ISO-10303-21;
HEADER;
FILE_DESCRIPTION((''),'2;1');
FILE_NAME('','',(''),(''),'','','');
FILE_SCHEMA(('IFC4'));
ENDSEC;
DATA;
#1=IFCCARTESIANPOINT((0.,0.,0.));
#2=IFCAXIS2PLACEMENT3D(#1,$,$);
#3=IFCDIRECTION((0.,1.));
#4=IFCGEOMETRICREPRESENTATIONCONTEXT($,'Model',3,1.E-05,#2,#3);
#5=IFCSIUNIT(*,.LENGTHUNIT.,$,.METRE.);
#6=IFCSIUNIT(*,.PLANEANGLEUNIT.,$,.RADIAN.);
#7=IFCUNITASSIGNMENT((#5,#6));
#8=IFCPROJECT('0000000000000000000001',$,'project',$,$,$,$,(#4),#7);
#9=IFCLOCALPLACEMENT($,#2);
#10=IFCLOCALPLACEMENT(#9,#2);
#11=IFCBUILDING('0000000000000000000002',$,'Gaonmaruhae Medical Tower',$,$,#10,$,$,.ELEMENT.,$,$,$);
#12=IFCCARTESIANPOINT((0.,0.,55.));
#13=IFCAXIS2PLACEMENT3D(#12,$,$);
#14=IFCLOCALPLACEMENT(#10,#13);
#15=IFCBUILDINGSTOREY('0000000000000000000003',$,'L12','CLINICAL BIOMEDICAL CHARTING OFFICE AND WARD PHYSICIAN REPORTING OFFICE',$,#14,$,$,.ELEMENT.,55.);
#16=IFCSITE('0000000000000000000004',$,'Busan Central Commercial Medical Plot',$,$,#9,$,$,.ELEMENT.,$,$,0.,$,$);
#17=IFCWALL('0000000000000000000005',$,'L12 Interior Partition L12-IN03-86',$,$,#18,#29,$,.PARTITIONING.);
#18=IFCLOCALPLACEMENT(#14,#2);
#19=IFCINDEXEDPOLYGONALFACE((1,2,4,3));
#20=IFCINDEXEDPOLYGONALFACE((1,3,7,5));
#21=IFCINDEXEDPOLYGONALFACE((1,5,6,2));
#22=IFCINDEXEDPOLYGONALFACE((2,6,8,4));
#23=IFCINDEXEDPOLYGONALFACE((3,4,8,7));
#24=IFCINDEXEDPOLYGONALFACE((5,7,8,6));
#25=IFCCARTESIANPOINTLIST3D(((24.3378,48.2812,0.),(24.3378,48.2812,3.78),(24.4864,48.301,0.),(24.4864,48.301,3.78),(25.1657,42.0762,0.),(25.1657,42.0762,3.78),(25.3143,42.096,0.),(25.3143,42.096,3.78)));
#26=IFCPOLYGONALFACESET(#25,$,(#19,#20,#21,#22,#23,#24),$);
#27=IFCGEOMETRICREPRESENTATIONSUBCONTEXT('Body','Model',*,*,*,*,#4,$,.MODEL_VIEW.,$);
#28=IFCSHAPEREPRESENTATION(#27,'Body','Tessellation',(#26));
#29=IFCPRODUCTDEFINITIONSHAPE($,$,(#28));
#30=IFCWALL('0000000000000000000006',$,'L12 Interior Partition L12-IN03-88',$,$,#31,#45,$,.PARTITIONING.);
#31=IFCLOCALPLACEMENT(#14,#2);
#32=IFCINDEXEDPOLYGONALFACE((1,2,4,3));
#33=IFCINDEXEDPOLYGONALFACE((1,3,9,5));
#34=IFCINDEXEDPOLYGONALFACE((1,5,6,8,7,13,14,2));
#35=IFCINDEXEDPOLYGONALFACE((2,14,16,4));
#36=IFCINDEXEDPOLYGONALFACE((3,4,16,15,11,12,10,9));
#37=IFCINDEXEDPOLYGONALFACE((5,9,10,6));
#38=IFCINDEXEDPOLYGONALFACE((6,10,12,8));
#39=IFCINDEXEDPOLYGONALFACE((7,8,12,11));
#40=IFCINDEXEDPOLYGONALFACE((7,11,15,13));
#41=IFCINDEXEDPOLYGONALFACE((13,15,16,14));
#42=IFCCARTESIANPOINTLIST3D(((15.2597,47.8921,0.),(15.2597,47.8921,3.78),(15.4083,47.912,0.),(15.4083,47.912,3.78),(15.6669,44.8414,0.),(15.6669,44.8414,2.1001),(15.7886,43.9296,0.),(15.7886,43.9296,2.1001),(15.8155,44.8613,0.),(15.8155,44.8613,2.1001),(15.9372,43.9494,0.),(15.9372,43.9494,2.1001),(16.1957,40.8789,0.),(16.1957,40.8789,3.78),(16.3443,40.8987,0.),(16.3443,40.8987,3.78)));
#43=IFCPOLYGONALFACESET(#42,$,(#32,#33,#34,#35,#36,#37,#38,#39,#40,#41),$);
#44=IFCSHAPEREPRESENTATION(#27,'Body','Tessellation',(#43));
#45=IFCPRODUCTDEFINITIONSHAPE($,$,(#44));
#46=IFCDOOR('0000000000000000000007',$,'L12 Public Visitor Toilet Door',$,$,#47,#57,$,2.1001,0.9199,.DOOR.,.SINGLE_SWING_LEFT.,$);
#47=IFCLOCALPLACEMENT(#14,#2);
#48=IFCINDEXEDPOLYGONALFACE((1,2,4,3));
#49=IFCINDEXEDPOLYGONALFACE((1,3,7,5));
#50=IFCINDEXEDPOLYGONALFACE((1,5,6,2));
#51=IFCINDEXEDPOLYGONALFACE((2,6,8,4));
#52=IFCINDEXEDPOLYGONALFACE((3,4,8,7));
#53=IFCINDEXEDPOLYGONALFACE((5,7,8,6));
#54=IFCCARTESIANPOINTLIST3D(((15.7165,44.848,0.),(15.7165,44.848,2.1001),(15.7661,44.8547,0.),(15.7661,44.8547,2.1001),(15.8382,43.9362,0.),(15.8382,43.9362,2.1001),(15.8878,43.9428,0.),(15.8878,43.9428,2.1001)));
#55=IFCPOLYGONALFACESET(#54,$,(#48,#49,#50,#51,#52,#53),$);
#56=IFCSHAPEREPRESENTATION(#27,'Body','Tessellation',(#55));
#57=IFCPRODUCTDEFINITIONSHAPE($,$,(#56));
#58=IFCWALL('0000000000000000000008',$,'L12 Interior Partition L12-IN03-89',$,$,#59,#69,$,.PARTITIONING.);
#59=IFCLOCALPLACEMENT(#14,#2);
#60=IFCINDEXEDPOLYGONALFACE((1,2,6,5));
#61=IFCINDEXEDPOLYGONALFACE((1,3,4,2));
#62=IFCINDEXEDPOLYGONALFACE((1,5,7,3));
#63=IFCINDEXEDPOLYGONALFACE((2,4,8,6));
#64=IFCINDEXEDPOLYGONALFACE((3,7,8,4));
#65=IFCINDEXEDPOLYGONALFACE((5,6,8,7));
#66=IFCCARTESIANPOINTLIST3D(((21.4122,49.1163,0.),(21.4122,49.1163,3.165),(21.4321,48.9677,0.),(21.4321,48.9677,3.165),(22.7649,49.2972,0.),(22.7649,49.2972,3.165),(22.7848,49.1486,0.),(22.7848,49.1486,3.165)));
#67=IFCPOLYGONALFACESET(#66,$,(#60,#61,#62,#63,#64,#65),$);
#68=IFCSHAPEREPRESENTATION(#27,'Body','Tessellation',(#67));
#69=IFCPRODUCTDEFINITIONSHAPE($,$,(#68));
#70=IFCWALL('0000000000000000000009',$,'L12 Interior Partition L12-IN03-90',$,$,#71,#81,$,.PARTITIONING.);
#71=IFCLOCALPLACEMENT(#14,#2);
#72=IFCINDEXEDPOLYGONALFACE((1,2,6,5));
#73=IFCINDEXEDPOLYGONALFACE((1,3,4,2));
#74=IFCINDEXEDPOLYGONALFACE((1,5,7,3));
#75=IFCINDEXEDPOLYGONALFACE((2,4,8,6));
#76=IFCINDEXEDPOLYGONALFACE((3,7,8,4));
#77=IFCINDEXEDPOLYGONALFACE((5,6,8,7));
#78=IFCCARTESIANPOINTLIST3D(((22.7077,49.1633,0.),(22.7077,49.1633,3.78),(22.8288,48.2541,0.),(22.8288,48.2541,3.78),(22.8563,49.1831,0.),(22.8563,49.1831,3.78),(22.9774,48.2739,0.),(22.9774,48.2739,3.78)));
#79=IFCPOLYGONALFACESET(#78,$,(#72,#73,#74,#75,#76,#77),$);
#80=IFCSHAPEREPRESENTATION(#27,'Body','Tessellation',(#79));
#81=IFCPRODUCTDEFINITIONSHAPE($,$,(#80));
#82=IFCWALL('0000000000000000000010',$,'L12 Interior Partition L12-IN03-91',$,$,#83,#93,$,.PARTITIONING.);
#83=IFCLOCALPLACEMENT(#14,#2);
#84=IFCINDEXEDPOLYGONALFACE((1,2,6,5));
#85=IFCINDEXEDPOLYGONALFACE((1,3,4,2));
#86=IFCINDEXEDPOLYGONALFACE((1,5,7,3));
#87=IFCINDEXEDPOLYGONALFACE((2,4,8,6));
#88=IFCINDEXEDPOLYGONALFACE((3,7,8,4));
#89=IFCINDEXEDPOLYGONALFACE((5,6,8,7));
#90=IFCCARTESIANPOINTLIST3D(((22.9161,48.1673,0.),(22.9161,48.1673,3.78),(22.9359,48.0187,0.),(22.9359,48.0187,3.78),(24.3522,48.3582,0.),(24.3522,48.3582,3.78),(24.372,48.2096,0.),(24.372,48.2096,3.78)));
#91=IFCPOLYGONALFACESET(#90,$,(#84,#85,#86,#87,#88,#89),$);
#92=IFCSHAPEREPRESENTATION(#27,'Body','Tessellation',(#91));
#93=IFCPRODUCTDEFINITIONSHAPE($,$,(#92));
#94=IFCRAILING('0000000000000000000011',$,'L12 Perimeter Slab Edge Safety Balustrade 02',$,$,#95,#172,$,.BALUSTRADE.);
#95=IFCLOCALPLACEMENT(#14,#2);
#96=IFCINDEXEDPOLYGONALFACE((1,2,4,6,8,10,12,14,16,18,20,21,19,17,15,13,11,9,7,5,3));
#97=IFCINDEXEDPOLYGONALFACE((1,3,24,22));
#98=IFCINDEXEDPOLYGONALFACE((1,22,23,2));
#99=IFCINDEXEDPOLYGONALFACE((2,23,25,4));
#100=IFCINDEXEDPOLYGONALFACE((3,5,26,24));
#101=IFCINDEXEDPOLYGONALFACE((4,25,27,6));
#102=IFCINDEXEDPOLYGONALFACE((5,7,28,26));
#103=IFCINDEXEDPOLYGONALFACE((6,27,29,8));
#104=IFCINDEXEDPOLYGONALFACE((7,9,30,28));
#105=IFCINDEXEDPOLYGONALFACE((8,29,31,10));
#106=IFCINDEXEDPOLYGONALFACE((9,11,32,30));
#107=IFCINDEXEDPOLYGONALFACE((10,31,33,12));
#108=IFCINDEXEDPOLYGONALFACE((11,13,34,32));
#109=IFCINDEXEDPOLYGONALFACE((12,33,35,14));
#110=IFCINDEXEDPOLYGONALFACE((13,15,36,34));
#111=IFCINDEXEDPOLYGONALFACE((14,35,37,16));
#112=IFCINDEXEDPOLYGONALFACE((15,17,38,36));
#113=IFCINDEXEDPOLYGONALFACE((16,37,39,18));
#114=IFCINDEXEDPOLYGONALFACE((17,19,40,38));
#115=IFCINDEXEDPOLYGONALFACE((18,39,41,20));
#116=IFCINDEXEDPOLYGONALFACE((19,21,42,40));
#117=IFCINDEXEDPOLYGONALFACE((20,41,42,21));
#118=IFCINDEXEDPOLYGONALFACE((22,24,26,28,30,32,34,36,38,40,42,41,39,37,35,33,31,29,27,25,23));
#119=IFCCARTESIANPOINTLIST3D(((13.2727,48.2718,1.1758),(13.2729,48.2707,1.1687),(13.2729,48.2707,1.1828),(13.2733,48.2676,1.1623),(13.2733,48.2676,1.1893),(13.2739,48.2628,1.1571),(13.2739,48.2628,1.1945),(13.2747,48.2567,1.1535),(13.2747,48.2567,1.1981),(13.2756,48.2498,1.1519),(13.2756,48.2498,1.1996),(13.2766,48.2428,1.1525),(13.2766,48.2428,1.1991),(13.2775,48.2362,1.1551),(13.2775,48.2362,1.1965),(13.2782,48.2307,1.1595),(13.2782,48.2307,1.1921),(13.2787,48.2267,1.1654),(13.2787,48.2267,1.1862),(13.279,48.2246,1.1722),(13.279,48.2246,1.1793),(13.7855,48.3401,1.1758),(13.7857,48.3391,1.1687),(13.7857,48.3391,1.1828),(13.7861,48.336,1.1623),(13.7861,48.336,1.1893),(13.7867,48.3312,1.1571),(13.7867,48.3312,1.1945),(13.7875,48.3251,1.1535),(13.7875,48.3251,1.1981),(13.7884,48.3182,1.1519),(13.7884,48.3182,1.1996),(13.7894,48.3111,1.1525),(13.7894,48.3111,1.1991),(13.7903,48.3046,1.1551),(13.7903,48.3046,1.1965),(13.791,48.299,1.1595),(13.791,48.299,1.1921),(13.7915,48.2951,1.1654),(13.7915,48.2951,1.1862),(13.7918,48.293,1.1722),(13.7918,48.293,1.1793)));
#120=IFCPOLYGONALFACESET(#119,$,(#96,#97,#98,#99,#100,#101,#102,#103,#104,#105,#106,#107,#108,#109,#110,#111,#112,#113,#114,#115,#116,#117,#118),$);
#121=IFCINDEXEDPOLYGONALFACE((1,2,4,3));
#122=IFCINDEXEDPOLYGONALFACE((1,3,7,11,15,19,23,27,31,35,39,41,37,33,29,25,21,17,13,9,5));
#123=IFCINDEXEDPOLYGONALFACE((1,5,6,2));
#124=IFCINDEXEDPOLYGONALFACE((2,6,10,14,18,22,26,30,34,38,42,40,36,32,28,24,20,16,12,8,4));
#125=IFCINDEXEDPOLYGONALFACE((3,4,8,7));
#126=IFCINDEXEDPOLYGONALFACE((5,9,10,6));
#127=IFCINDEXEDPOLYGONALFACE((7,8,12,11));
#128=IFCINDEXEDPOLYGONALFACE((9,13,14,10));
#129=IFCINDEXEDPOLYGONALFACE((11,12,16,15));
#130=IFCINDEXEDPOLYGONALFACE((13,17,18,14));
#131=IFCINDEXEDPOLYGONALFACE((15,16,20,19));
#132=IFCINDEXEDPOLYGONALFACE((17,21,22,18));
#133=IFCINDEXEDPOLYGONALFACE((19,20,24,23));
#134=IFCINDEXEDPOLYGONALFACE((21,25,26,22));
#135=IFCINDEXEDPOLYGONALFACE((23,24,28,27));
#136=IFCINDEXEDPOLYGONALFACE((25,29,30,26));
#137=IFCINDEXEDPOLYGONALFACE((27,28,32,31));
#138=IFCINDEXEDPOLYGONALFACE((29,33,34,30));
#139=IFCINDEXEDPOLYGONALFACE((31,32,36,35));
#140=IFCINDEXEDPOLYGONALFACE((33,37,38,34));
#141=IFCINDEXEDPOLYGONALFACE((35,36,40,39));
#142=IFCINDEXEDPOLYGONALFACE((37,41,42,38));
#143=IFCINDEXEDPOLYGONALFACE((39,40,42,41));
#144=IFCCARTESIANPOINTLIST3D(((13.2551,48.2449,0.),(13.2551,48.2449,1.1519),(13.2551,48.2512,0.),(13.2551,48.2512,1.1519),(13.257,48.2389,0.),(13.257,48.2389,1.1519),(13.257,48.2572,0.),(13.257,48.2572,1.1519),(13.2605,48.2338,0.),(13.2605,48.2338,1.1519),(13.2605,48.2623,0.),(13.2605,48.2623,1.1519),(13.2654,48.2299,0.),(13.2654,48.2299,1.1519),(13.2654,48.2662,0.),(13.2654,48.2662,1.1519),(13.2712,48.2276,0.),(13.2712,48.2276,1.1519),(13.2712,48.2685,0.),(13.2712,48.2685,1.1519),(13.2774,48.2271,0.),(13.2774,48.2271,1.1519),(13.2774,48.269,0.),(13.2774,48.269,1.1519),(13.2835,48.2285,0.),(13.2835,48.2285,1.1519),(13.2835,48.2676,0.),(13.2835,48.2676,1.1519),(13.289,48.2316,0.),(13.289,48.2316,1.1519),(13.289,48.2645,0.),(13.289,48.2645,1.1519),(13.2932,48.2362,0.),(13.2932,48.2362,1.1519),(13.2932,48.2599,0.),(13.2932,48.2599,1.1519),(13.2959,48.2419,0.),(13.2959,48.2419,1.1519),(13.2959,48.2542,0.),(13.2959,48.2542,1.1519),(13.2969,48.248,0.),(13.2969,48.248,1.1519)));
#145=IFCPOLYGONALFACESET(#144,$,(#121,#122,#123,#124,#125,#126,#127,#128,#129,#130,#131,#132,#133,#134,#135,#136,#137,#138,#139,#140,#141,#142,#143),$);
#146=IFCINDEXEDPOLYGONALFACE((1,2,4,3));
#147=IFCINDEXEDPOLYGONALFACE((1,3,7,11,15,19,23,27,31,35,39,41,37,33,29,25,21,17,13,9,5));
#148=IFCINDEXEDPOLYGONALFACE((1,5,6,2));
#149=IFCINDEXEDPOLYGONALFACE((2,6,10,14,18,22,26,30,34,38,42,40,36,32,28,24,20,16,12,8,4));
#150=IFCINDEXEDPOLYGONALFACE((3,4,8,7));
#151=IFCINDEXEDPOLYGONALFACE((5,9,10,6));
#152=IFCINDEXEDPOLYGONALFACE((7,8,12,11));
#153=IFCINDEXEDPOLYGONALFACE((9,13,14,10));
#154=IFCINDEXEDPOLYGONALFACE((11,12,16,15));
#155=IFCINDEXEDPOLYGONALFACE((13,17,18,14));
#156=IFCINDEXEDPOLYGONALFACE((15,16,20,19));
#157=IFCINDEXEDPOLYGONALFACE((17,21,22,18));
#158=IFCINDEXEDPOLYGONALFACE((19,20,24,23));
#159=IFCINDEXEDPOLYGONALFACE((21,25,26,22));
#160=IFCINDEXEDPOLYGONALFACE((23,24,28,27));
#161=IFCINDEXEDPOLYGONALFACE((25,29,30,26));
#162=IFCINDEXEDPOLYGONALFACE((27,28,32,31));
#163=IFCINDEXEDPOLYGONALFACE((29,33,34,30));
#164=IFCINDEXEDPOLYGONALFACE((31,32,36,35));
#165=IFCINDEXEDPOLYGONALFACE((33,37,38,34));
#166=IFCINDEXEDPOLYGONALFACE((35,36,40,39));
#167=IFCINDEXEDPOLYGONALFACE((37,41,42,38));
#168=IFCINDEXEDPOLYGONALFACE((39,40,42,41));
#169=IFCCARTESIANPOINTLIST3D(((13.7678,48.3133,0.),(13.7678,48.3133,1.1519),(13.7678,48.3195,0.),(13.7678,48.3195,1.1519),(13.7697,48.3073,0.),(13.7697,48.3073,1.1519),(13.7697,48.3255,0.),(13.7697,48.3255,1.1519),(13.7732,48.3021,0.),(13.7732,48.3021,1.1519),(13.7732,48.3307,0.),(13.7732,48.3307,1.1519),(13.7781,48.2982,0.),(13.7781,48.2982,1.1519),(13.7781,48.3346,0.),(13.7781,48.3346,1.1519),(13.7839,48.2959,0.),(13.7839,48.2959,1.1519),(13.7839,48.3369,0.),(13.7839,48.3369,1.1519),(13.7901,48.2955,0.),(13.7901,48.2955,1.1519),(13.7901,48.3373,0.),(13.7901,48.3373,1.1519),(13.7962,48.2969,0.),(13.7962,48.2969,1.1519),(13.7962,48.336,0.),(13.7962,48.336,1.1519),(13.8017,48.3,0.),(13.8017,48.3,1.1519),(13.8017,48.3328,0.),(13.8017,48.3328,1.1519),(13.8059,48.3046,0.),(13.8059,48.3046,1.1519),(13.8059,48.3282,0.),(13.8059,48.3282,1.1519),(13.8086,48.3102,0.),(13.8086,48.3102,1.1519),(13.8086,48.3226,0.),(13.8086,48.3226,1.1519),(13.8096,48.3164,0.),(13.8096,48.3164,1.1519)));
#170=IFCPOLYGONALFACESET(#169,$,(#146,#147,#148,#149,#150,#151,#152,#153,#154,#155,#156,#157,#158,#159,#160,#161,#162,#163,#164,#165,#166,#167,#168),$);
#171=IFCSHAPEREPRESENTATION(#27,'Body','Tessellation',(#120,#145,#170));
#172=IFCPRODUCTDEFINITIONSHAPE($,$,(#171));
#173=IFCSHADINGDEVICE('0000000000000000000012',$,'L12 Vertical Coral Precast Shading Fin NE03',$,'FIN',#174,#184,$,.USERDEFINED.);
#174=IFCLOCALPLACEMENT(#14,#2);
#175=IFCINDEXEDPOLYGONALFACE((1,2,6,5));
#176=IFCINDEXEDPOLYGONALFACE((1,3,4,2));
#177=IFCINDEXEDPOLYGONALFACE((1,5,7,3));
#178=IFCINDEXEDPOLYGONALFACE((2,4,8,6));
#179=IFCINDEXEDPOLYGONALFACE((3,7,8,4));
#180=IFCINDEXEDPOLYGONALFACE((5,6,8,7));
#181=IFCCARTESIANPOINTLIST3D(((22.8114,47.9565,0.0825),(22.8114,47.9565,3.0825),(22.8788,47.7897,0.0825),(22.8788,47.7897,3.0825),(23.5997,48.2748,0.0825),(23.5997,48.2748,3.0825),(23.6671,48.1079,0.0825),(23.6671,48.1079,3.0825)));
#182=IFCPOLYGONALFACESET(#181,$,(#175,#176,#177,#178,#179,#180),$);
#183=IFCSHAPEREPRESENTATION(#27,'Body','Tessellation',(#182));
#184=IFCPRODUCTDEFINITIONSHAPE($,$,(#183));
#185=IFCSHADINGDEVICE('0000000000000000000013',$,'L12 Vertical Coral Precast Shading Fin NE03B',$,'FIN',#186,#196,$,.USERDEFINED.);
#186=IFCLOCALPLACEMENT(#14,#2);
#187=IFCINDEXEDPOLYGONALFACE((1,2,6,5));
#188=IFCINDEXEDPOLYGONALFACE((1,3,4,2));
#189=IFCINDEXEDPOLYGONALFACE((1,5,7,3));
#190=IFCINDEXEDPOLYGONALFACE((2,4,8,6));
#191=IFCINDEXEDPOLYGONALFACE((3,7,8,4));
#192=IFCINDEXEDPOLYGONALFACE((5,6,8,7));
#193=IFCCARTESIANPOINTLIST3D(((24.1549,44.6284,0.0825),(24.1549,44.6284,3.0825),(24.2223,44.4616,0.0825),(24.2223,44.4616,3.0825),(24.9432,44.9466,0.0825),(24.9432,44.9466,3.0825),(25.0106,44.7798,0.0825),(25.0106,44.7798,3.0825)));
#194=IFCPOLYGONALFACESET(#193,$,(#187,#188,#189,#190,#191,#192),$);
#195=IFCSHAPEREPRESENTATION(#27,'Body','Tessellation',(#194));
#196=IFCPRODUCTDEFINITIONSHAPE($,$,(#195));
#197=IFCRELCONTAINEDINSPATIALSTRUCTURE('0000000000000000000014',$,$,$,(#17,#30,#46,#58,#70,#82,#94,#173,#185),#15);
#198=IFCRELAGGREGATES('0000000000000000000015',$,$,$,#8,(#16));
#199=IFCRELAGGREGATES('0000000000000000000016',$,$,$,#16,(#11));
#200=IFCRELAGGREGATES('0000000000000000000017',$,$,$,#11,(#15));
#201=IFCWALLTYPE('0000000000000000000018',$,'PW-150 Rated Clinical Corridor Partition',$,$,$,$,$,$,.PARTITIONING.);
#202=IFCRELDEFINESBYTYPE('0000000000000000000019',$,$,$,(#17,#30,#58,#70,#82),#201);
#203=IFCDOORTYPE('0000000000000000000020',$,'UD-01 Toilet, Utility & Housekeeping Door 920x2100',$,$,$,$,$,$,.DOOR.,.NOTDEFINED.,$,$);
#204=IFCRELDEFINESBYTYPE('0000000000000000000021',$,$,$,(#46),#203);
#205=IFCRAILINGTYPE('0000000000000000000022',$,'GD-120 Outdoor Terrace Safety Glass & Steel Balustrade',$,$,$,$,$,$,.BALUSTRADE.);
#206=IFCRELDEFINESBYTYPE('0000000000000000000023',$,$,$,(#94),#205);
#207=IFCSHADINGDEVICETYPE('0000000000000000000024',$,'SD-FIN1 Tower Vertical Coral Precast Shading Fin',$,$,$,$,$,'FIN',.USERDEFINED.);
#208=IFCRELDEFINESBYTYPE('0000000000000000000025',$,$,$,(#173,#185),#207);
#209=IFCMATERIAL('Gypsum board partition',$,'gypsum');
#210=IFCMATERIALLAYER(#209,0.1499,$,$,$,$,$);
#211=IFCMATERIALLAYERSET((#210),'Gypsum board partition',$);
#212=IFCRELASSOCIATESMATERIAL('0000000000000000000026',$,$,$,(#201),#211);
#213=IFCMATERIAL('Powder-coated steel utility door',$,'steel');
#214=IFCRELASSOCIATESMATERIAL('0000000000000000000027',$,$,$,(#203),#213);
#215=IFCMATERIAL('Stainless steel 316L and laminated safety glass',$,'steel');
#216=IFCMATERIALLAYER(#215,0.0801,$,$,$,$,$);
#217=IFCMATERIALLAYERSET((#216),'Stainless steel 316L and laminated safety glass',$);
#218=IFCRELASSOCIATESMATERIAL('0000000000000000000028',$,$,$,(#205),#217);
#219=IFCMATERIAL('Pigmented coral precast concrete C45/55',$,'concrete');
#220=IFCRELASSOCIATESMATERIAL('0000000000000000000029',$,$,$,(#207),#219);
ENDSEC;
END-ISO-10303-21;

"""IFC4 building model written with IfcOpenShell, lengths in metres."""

from ifc_helpers import new_model, si_unit, direction, frame, frame_2d, origin, origin_2d, place, context, subcontext, project, spatial, rectangle, circle, extrude, material, layer, layer_set, type_object, element, fill, save


model = new_model("IFC4")

# Units and contexts
model_context = context("Model", 3, precision=1e-05, world=origin(), true_north=direction((0.0, 1.0)))
body_context = subcontext(model_context, "Body", "Model", "MODEL_VIEW")
ifc_project = project(units=[si_unit("LENGTHUNIT", "METRE"), si_unit("PLANEANGLEUNIT", "RADIAN")], contexts=[model_context])

# Site, building, storey
site_placement = place(None, origin())
site = spatial("IfcSite", under=ifc_project, at=site_placement, Name="Busan Central Commercial Medical Plot", CompositionType="ELEMENT", RefElevation=0.0)
building_placement = place(site_placement, origin())
building = spatial("IfcBuilding", under=site, at=building_placement, Name="Gaonmaruhae Medical Tower", CompositionType="ELEMENT")
storey_placement = place(building_placement, frame((0.0, 0.0, 55.0)))
storey = spatial("IfcBuildingStorey", under=building, at=storey_placement, Name="L12", Description="CLINICAL BIOMEDICAL CHARTING OFFICE AND WARD PHYSICIAN REPORTING OFFICE", CompositionType="ELEMENT", Elevation=55.0)

# Shared definitions
ifc_material_1 = material(Name="Gypsum board partition", Category="gypsum")
ifc_layer_1 = layer(ifc_material_1, 0.1499)
ifc_layer_set_1 = layer_set([ifc_layer_1], Name="Gypsum board partition")
wall_type_1 = type_object("IfcWallType", Name="PW-150 Rated Clinical Corridor Partition", PredefinedType="PARTITIONING", material=ifc_layer_set_1)

# Wall
wall_1_placement = place(storey_placement, frame((24.4121, 48.291, 0.0), z_axis=(0.0, 0.0, 1.0), x_axis=(0.132248, -0.991217, 0.0)))
element("IfcWall", 1, at=wall_1_placement, inside=storey, type_object=wall_type_1, Name="L12 Interior Partition L12-IN03-86", PredefinedType="PARTITIONING", context=body_context, shape_type="SweptSolid", body=[
    extrude(rectangle(XDim=6.26, YDim=0.1499, at=frame_2d((3.1299, 0.0))), origin(), (0.0, 0.0, 1.0), 3.78),
])

# Wall, opening, door
wall_2_placement = place(storey_placement, frame((16.27, 40.8889, 0.0), z_axis=(0.0, 0.0, 1.0), x_axis=(-0.132295, 0.99121, 0.0)))
wall_2 = element("IfcWall", 2, at=wall_2_placement, inside=storey, type_object=wall_type_1, Name="L12 Interior Partition L12-IN03-88", PredefinedType="PARTITIONING", context=body_context, shape_type="SweptSolid", body=[
    extrude(rectangle(XDim=7.0754, YDim=0.1499, at=frame_2d((3.5376, 0.0))), origin(), (0.0, 0.0, 1.0), 3.78),
])
opening_1_placement = place(wall_2_placement, frame((3.0776, 0.0, 0.0)))
opening_1 = element("IfcOpeningElement", 3, at=opening_1_placement, cuts=wall_2, PredefinedType="OPENING", context=body_context, shape_type="SweptSolid", body=[
    extrude(rectangle(XDim=0.9199, YDim=2.1001, at=frame_2d((0.46, 1.05))), frame((0.0, 0.085, 0.0), z_axis=(0.0, -1.0, 0.0), x_axis=(1.0, 0.0, 0.0)), (0.0, 0.0, 1.0), 0.1699),
])
ifc_material_2 = material(Name="Powder-coated steel utility door", Category="steel")
door_type_1 = type_object("IfcDoorType", Name="UD-01 Toilet, Utility & Housekeeping Door 920x2100", OperationType="NOTDEFINED", PredefinedType="DOOR", material=ifc_material_2)
door_1_placement = place(opening_1_placement, origin())
door_1 = element("IfcDoor", 4, at=door_1_placement, inside=storey, type_object=door_type_1, Name="L12 Public Visitor Toilet Door", OperationType="SINGLE_SWING_LEFT", OverallHeight=2.1001, OverallWidth=0.9199, PredefinedType="DOOR", context=body_context, shape_type="SweptSolid", body=[
    extrude(rectangle(XDim=0.9199, YDim=2.1001, at=frame_2d((0.46, 1.05))), frame((0.0, 0.0249, 0.0), z_axis=(0.0, -1.0, 0.0), x_axis=(1.0, 0.0, 0.0)), (0.0, 0.0, 1.0), 0.05),
])
fill(opening_1, door_1)

# Walls
wall_3_placement = place(storey_placement, frame((21.4221, 49.042, 0.0), z_axis=(0.0, 0.0, 1.0), x_axis=(0.991176, 0.13255, 0.0)))
element("IfcWall", 5, at=wall_3_placement, inside=storey, type_object=wall_type_1, Name="L12 Interior Partition L12-IN03-89", PredefinedType="PARTITIONING", context=body_context, shape_type="SweptSolid", body=[
    extrude(rectangle(XDim=1.3647, YDim=0.1499, at=frame_2d((0.6824, 0.0))), origin(), (0.0, 0.0, 1.0), 3.165),
])
wall_4_placement = place(storey_placement, frame((22.782, 49.1731, 0.0), z_axis=(0.0, 0.0, 1.0), x_axis=(0.132024, -0.991246, 0.0)))
element("IfcWall", 6, at=wall_4_placement, inside=storey, type_object=wall_type_1, Name="L12 Interior Partition L12-IN03-90", PredefinedType="PARTITIONING", context=body_context, shape_type="SweptSolid", body=[
    extrude(rectangle(XDim=0.9172, YDim=0.1499, at=frame_2d((0.4585, 0.0))), origin(), (0.0, 0.0, 1.0), 3.78),
])
wall_5_placement = place(storey_placement, frame((22.926, 48.093, 0.0), z_axis=(0.0, 0.0, 1.0), x_axis=(0.991278, 0.131788, 0.0)))
element("IfcWall", 7, at=wall_5_placement, inside=storey, type_object=wall_type_1, Name="L12 Interior Partition L12-IN03-91", PredefinedType="PARTITIONING", context=body_context, shape_type="SweptSolid", body=[
    extrude(rectangle(XDim=1.4487, YDim=0.1499, at=frame_2d((0.7244, 0.0))), origin(), (0.0, 0.0, 1.0), 3.78),
])

# Railing
ifc_material_3 = material(Name="Stainless steel 316L and laminated safety glass", Category="steel")
ifc_layer_2 = layer(ifc_material_3, 0.0801)
ifc_layer_set_2 = layer_set([ifc_layer_2], Name="Stainless steel 316L and laminated safety glass")
railing_type = type_object("IfcRailingType", Name="GD-120 Outdoor Terrace Safety Glass & Steel Balustrade", PredefinedType="BALUSTRADE", material=ifc_layer_set_2)
railing_placement = place(storey_placement, frame((13.2759, 48.248, 0.0)))
element("IfcRailing", 8, at=railing_placement, inside=storey, type_object=railing_type, Name="L12 Perimeter Slab Edge Safety Balustrade 02", PredefinedType="BALUSTRADE", context=body_context, shape_type="SweptSolid", body=[
    extrude(circle(Radius=0.0239, at=origin_2d()), frame((0.0, 0.0, 1.1758), z_axis=(0.991228, 0.132164, 0.0), x_axis=(-0.132164, 0.991228, 0.0)), (0.0, 0.0, 1.0), 0.5173),
    extrude(circle(Radius=0.021, at=origin_2d()), origin(), (0.0, 0.0, 1.0), 1.1519),
    extrude(circle(Radius=0.021, at=origin_2d()), frame((0.5127, 0.0684, 0.0)), (0.0, 0.0, 1.0), 1.1519),
])

# Shading devices
ifc_material_4 = material(Name="Pigmented coral precast concrete C45/55", Category="concrete")
shading_device_type = type_object("IfcShadingDeviceType", Name="SD-FIN1 Tower Vertical Coral Precast Shading Fin", ElementType="FIN", PredefinedType="USERDEFINED", material=ifc_material_4)
for number, where, z_axis, x_axis, name in (
    (9, (23.2393, 48.0322, 0.0825), (0.0, 0.0, 1.0), (0.374331, -0.927295, 0.0), "L12 Vertical Coral Precast Shading Fin NE03"),
    (10, (24.5828, 44.7041, 0.0825), (0.0, 0.0, 1.0), (0.374331, -0.927295, 0.0), "L12 Vertical Coral Precast Shading Fin NE03B"),
):
    element("IfcShadingDevice", number, at=place(storey_placement, frame(where, z_axis=z_axis, x_axis=x_axis)), inside=storey, type_object=shading_device_type, Name=name, ObjectType="FIN", PredefinedType="USERDEFINED", context=body_context, shape_type="SweptSolid", body=[
        extrude(rectangle(XDim=0.1799, YDim=0.8501, at=origin_2d()), origin(), (0.0, 0.0, 1.0), 3.0),
    ])

save(model, "model.ifc")
